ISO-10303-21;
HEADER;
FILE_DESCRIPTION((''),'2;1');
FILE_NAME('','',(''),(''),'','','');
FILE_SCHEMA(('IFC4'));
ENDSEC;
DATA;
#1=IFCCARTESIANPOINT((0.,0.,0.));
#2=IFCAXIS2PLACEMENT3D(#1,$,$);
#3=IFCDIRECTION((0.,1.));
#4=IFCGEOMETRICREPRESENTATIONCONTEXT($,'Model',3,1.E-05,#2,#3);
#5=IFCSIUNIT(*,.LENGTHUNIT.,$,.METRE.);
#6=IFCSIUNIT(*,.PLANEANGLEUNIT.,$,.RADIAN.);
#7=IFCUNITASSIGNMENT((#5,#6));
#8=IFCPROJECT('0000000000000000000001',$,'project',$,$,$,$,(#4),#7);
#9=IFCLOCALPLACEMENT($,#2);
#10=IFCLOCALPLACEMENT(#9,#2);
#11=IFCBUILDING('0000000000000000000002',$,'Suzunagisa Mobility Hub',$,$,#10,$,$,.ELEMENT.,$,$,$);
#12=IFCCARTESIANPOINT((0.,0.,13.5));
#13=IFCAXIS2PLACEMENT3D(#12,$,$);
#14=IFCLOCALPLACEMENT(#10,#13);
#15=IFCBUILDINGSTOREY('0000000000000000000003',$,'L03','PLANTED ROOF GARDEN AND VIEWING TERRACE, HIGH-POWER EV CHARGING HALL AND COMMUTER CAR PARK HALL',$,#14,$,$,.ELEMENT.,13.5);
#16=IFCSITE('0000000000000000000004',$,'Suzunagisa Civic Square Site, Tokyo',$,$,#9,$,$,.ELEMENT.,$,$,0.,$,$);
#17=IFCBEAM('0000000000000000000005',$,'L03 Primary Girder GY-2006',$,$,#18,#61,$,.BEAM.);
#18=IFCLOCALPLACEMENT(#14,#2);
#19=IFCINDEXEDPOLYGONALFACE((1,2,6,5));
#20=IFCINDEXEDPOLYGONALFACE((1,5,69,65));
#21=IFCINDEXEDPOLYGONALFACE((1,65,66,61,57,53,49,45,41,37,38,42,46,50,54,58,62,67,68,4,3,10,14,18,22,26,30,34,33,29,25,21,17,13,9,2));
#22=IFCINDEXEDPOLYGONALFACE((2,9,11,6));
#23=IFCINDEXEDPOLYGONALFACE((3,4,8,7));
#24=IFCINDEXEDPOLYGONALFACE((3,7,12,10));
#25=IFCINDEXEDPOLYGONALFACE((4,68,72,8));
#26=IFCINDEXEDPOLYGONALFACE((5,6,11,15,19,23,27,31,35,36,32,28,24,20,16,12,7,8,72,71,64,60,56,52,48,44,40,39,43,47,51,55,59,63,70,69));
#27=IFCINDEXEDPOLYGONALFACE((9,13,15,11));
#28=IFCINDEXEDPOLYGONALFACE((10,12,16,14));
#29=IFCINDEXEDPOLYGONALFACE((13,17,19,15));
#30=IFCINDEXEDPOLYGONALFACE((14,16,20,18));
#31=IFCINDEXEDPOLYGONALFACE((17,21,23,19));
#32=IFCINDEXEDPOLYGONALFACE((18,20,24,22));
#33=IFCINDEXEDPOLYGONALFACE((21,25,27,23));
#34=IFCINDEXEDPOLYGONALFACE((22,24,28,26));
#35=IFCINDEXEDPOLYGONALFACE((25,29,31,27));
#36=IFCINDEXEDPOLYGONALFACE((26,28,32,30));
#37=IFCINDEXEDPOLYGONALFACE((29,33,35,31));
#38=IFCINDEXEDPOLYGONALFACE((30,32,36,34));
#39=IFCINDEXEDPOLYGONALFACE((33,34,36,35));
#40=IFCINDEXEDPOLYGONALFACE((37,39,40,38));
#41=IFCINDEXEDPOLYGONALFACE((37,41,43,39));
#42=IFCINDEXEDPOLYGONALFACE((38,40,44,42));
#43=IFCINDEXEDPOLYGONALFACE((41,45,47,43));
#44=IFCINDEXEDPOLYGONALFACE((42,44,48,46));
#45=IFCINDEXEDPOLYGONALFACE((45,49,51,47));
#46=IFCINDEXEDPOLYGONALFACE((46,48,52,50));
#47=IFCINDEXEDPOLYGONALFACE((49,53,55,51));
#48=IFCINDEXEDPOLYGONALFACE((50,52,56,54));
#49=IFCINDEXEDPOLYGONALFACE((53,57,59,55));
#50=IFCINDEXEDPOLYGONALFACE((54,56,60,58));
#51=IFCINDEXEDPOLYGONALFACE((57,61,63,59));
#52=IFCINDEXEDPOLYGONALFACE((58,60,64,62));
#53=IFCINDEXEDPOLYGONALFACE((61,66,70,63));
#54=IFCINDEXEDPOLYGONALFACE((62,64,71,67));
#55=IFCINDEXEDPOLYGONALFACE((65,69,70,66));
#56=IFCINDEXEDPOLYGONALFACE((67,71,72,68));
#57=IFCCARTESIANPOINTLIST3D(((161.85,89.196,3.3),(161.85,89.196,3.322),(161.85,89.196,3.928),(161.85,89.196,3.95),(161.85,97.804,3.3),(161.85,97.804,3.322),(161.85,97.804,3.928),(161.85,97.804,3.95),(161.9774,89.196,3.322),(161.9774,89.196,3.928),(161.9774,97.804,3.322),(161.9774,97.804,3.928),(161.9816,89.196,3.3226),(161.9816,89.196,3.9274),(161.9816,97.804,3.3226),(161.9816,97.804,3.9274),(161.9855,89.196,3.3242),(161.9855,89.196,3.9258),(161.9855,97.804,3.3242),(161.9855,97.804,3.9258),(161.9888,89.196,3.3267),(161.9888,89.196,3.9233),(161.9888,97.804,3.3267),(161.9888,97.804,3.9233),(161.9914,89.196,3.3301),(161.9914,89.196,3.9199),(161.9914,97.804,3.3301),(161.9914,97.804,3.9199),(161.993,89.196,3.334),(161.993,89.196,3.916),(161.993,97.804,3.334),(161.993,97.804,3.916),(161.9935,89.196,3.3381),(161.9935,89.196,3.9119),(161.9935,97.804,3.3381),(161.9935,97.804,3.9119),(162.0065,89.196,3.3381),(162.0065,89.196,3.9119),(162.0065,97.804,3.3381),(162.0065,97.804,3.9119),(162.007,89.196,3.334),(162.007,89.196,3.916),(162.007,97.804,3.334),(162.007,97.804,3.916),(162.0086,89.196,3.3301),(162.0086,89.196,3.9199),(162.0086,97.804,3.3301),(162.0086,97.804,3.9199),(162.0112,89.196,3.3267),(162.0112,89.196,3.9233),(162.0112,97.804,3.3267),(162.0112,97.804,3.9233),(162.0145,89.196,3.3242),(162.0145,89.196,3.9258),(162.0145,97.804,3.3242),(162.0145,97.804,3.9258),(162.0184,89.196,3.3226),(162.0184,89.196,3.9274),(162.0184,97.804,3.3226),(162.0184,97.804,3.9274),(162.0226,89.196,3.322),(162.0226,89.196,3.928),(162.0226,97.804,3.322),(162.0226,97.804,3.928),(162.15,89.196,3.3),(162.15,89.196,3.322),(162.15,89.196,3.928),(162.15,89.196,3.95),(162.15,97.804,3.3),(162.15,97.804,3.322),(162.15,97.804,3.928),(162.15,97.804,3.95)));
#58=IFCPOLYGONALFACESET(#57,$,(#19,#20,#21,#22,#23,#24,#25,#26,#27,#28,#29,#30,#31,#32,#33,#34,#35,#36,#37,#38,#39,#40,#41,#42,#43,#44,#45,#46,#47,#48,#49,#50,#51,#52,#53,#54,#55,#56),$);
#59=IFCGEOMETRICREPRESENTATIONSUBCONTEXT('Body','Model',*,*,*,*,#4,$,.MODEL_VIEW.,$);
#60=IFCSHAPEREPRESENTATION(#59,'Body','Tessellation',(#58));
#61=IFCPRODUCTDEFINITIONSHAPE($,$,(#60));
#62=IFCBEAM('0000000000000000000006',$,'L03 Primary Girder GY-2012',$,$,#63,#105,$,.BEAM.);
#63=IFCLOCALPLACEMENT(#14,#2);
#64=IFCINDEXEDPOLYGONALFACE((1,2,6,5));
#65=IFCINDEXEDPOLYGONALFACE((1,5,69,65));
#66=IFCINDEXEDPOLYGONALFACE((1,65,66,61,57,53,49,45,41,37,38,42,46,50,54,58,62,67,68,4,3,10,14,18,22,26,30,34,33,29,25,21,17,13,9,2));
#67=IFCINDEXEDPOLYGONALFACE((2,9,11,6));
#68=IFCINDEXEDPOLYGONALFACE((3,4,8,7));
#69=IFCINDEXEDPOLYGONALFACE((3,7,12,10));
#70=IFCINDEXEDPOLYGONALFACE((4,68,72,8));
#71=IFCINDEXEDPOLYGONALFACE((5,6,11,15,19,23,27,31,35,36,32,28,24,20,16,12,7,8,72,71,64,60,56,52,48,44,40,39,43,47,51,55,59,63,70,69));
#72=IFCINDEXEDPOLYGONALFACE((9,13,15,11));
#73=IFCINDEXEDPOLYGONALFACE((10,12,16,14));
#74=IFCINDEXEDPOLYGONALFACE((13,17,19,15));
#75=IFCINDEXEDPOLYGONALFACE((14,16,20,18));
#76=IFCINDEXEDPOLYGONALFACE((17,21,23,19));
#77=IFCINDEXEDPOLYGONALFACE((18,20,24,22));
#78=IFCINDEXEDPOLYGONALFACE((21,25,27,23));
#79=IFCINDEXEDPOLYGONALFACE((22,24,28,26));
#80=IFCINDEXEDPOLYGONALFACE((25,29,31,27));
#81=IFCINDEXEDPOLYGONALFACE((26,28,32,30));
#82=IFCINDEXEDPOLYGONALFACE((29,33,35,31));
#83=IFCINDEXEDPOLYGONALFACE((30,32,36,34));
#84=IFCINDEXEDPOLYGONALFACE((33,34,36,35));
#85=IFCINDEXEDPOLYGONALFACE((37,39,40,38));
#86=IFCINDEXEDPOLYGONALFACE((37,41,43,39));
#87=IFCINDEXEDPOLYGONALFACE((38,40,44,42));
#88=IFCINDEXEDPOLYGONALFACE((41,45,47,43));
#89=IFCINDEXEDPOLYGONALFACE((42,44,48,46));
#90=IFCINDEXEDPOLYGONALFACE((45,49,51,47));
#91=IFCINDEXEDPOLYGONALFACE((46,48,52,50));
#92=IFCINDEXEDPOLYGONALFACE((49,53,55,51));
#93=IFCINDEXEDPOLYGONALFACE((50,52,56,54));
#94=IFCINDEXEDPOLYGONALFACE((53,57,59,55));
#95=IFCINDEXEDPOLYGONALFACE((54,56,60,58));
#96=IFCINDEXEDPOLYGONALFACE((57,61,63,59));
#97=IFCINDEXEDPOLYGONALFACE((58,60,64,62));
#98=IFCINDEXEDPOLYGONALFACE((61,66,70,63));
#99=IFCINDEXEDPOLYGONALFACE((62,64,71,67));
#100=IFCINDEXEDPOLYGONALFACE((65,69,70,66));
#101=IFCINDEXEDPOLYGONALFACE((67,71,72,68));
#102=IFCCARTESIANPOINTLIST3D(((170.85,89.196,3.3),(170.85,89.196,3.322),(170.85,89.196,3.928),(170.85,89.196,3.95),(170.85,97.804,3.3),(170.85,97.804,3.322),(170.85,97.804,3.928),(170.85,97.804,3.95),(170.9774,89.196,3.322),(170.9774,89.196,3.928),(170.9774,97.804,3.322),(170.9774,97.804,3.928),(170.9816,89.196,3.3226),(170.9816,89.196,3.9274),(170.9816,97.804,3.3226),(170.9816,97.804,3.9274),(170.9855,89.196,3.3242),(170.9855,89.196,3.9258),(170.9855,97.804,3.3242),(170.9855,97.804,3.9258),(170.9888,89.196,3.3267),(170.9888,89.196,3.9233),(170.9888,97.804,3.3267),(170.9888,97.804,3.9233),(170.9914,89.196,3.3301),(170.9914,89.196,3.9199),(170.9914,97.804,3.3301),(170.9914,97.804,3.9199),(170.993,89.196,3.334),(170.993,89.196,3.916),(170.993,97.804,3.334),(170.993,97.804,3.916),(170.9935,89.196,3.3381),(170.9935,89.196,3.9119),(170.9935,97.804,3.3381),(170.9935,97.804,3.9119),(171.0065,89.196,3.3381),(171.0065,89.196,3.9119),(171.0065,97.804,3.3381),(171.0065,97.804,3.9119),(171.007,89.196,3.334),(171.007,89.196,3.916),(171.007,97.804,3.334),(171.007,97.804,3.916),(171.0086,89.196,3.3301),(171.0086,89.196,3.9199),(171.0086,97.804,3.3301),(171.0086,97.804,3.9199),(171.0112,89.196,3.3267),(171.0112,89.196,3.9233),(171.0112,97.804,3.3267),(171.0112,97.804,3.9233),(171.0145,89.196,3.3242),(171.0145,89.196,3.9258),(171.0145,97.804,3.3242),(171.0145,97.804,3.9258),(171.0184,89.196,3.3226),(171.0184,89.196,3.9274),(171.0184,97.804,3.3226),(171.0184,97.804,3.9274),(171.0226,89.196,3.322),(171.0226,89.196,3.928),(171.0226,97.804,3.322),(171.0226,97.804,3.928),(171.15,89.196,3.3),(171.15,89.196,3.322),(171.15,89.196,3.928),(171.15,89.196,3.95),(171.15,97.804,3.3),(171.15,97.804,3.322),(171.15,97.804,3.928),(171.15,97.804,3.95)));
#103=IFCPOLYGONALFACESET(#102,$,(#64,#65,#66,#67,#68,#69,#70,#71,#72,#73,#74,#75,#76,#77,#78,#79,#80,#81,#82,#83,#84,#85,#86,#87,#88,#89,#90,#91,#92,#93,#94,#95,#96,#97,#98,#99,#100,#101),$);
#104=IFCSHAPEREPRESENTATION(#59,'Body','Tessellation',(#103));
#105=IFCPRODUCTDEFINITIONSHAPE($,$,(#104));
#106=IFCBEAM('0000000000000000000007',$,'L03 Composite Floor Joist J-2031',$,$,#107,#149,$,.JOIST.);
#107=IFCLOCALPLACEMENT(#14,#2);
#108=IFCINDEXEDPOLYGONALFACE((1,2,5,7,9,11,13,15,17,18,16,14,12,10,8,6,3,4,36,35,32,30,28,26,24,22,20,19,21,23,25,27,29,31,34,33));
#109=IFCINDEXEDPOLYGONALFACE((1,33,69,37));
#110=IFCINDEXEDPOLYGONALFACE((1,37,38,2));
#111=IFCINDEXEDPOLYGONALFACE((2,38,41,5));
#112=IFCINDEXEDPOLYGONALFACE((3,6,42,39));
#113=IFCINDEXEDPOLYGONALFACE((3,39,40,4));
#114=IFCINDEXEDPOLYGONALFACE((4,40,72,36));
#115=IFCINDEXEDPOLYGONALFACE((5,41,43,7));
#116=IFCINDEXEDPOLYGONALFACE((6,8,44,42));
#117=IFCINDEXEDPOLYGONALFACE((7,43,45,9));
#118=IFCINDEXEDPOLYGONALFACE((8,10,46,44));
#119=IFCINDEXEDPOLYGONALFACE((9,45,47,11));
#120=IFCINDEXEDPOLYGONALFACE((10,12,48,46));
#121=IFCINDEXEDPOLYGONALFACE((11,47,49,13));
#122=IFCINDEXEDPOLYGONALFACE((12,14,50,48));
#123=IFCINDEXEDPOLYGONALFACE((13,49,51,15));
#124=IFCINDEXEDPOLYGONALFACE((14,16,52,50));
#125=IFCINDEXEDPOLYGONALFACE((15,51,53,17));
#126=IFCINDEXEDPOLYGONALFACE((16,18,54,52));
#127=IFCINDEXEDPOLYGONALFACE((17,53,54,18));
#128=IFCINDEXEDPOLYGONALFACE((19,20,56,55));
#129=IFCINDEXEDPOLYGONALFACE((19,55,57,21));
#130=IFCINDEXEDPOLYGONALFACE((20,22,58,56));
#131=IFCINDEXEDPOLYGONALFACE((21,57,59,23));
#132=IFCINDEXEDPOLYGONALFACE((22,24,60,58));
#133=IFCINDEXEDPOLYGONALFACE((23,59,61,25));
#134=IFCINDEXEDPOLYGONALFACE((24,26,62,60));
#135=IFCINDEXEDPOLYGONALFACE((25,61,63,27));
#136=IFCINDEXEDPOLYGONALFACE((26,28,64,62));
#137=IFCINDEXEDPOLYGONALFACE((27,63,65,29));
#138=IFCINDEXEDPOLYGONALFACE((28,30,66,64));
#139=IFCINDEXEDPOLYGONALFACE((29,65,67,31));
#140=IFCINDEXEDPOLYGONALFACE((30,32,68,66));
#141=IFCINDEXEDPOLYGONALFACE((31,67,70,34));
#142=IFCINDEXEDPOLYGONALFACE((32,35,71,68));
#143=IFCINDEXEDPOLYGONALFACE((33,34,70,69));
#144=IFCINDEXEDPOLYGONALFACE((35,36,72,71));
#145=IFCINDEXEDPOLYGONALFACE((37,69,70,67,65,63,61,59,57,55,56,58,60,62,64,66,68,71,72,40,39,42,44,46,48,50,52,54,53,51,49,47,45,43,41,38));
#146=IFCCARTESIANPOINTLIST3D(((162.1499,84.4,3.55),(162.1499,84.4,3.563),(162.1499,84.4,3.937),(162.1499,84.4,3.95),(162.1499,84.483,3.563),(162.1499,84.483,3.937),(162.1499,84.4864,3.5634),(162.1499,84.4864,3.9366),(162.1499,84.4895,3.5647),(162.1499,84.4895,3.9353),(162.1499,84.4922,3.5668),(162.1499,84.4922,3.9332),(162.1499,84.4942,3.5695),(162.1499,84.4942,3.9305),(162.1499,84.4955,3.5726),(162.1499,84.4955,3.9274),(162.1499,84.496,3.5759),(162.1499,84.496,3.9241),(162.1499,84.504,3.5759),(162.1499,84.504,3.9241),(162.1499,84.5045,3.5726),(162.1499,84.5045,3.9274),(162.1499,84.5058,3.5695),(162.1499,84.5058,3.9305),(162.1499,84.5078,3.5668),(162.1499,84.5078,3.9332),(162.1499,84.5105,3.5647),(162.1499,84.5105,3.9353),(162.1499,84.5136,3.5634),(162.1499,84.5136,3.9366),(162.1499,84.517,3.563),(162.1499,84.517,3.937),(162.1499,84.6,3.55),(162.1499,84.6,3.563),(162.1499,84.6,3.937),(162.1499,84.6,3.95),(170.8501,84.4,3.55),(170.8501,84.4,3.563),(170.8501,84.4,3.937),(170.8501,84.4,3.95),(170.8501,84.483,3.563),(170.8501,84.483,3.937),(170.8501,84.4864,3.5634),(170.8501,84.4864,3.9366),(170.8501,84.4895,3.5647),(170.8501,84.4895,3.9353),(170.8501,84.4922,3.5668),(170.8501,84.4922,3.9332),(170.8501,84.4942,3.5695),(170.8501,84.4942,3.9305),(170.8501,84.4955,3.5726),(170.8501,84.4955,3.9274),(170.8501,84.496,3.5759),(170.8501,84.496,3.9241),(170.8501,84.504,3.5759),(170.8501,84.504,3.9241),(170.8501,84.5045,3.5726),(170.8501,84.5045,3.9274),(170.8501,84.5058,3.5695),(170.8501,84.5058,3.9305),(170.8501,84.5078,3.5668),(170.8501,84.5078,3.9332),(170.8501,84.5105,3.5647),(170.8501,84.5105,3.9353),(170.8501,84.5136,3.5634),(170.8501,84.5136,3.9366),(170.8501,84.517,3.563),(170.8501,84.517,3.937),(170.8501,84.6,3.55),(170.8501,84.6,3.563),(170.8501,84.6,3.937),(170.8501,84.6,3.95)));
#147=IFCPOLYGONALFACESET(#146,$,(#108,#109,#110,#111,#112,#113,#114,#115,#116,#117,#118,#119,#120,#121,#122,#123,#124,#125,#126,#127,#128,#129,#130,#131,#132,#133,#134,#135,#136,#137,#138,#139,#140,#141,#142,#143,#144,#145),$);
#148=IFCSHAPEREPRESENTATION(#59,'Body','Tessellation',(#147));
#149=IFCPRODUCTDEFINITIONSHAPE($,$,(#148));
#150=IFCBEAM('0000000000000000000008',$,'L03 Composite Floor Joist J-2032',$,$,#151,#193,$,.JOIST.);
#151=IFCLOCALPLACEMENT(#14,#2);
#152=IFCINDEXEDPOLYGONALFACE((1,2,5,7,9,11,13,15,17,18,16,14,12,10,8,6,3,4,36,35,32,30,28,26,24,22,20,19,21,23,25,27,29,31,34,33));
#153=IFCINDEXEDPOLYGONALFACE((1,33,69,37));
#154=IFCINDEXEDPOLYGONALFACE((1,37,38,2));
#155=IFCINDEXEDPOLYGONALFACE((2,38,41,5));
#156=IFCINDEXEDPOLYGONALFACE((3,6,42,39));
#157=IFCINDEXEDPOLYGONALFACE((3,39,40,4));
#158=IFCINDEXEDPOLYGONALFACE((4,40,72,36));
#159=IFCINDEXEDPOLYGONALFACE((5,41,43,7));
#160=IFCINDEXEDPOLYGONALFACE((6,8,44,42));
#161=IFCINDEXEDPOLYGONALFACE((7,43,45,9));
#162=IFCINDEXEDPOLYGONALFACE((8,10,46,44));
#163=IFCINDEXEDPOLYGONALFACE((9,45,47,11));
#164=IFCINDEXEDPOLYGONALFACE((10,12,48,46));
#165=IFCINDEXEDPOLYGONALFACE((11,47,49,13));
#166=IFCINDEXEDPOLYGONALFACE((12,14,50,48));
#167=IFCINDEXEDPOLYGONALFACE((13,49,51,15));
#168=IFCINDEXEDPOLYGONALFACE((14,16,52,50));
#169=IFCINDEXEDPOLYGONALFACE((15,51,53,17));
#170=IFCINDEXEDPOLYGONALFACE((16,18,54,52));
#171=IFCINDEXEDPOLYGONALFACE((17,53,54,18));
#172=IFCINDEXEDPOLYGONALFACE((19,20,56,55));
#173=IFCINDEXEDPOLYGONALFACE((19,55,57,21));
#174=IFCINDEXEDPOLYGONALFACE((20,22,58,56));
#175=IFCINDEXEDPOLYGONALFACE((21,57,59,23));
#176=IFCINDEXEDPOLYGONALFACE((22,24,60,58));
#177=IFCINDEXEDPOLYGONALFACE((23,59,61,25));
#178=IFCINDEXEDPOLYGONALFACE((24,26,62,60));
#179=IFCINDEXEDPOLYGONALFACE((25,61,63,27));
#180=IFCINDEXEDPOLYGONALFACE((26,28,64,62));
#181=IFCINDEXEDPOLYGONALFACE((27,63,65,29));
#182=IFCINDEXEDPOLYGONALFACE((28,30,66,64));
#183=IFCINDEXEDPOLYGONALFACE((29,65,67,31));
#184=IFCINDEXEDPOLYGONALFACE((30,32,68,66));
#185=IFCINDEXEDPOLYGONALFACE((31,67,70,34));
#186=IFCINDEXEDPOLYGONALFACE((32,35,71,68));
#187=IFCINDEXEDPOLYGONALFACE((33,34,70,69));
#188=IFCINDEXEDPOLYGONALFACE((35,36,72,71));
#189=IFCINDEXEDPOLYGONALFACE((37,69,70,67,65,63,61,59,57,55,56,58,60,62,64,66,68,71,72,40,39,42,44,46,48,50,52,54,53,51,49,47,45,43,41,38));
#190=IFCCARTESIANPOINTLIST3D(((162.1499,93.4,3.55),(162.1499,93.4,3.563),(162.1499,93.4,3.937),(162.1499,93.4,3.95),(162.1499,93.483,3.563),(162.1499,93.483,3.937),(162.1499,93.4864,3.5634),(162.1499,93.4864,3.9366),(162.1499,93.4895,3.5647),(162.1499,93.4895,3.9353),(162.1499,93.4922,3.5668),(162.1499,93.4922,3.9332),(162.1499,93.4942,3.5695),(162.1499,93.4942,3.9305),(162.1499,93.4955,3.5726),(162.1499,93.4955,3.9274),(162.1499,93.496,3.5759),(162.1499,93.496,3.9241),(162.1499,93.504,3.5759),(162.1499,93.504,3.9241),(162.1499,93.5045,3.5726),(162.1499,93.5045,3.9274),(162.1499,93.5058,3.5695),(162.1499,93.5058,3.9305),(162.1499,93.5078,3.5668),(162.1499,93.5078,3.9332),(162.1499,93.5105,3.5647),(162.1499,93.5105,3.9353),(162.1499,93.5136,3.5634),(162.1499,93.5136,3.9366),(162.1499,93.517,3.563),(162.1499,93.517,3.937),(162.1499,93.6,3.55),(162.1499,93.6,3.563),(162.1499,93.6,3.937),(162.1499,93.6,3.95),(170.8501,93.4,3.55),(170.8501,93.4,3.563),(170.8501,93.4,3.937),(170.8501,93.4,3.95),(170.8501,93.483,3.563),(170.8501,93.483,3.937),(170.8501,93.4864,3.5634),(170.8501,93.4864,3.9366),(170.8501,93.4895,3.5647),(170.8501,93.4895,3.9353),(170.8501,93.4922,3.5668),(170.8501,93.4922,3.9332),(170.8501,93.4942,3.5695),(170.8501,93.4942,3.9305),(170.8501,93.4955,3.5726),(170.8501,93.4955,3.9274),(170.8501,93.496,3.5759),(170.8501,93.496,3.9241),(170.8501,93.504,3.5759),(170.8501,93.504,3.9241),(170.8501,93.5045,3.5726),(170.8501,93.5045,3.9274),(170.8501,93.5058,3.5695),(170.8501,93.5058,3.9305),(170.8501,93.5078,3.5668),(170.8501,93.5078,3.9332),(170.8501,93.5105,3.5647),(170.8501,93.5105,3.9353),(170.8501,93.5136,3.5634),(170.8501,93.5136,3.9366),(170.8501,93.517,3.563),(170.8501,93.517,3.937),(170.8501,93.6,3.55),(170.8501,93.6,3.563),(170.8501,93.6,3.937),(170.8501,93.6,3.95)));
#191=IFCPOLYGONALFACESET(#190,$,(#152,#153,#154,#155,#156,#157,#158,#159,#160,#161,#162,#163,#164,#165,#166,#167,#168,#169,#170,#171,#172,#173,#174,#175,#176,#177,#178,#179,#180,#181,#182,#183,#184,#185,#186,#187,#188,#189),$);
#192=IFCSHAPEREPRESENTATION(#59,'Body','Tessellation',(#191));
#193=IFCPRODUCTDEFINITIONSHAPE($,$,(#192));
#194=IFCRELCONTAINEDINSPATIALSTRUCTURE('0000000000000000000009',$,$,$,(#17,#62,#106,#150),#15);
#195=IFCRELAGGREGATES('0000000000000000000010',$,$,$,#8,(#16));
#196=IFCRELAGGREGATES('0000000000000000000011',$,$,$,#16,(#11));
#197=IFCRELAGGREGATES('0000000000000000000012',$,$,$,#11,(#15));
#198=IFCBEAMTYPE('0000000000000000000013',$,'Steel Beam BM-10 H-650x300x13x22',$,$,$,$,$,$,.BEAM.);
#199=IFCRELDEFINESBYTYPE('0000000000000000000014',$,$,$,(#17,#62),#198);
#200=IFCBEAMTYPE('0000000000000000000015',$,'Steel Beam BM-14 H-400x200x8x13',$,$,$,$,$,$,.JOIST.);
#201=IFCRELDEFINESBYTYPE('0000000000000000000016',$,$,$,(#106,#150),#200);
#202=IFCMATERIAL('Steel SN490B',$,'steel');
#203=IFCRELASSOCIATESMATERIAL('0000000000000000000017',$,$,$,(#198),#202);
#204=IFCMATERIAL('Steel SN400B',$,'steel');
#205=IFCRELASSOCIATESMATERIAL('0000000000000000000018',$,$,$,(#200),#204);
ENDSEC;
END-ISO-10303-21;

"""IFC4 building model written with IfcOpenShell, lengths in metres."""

from ifc_helpers import new_model, si_unit, direction, frame, origin, origin_2d, place, context, subcontext, project, spatial, i_section, extrude, material, material_profile, profile_set, type_object, element, save


model = new_model("IFC4")

# Units and contexts
model_context = context("Model", 3, precision=1e-05, world=origin(), true_north=direction((0.0, 1.0)))
body_context = subcontext(model_context, "Body", "Model", "MODEL_VIEW")
ifc_project = project(units=[si_unit("LENGTHUNIT", "METRE"), si_unit("PLANEANGLEUNIT", "RADIAN")], contexts=[model_context])

# Site, building, storey
site_placement = place(None, origin())
site = spatial("IfcSite", under=ifc_project, at=site_placement, Name="Suzunagisa Civic Square Site, Tokyo", CompositionType="ELEMENT", RefElevation=0.0)
building_placement = place(site_placement, origin())
building = spatial("IfcBuilding", under=site, at=building_placement, Name="Suzunagisa Mobility Hub", CompositionType="ELEMENT")
storey_placement = place(building_placement, frame((0.0, 0.0, 13.5)))
storey = spatial("IfcBuildingStorey", under=building, at=storey_placement, Name="L03", Description="PLANTED ROOF GARDEN AND VIEWING TERRACE, HIGH-POWER EV CHARGING HALL AND COMMUTER CAR PARK HALL", CompositionType="ELEMENT", Elevation=13.5)

# Shared definitions
ifc_material_1 = material(Name="Steel SN490B", Category="steel")

# Beams
ifc_material_profile_1 = material_profile(ifc_material_1, i_section(OverallWidth=0.3, OverallDepth=0.6499, WebThickness=0.0129, FlangeThickness=0.022, FilletRadius=0.0161, at=origin_2d()), Name="H-650x300x13x22")
ifc_profile_set_1 = profile_set([ifc_material_profile_1], Name="Steel SN490B")
beam_type_1 = type_object("IfcBeamType", Name="Steel Beam BM-10 H-650x300x13x22", PredefinedType="BEAM", material=ifc_profile_set_1)
for number, where, z_axis, x_axis, name in (
    (1, (162.0, 89.196, 3.625), (0.0, 1.0, 0.0), (-1.0, 0.0, 0.0), "L03 Primary Girder GY-2006"),
    (2, (171.0, 89.196, 3.625), (0.0, 1.0, 0.0), (-1.0, 0.0, 0.0), "L03 Primary Girder GY-2012"),
):
    element("IfcBeam", number, at=place(storey_placement, frame(where, z_axis=z_axis, x_axis=x_axis)), inside=storey, type_object=beam_type_1, Name=name, PredefinedType="BEAM", context=body_context, shape_type="SweptSolid", body=[
        extrude(i_section(OverallWidth=0.3, OverallDepth=0.6499, WebThickness=0.0129, FlangeThickness=0.022, FilletRadius=0.0161, at=origin_2d()), origin(), (0.0, 0.0, 1.0), 8.6079),
    ])
ifc_material_2 = material(Name="Steel SN400B", Category="steel")
ifc_material_profile_2 = material_profile(ifc_material_2, i_section(OverallWidth=0.2, OverallDepth=0.3999, WebThickness=0.0081, FlangeThickness=0.0129, FilletRadius=0.0129, at=origin_2d()), Name="H-400x200x8x13")
ifc_profile_set_2 = profile_set([ifc_material_profile_2], Name="Steel SN400B")
beam_type_2 = type_object("IfcBeamType", Name="Steel Beam BM-14 H-400x200x8x13", PredefinedType="JOIST", material=ifc_profile_set_2)
for number, where, z_axis, x_axis, name in (
    (3, (162.1499, 84.5, 3.75), (1.0, 0.0, 0.0), (0.0, 1.0, 0.0), "L03 Composite Floor Joist J-2031"),
    (4, (162.1499, 93.5, 3.75), (1.0, 0.0, 0.0), (0.0, 1.0, 0.0), "L03 Composite Floor Joist J-2032"),
):
    element("IfcBeam", number, at=place(storey_placement, frame(where, z_axis=z_axis, x_axis=x_axis)), inside=storey, type_object=beam_type_2, Name=name, PredefinedType="JOIST", context=body_context, shape_type="SweptSolid", body=[
        extrude(i_section(OverallWidth=0.2, OverallDepth=0.3999, WebThickness=0.0081, FlangeThickness=0.0129, FilletRadius=0.0129, at=origin_2d()), origin(), (0.0, 0.0, 1.0), 8.7002),
    ])

save(model, "model.ifc")
